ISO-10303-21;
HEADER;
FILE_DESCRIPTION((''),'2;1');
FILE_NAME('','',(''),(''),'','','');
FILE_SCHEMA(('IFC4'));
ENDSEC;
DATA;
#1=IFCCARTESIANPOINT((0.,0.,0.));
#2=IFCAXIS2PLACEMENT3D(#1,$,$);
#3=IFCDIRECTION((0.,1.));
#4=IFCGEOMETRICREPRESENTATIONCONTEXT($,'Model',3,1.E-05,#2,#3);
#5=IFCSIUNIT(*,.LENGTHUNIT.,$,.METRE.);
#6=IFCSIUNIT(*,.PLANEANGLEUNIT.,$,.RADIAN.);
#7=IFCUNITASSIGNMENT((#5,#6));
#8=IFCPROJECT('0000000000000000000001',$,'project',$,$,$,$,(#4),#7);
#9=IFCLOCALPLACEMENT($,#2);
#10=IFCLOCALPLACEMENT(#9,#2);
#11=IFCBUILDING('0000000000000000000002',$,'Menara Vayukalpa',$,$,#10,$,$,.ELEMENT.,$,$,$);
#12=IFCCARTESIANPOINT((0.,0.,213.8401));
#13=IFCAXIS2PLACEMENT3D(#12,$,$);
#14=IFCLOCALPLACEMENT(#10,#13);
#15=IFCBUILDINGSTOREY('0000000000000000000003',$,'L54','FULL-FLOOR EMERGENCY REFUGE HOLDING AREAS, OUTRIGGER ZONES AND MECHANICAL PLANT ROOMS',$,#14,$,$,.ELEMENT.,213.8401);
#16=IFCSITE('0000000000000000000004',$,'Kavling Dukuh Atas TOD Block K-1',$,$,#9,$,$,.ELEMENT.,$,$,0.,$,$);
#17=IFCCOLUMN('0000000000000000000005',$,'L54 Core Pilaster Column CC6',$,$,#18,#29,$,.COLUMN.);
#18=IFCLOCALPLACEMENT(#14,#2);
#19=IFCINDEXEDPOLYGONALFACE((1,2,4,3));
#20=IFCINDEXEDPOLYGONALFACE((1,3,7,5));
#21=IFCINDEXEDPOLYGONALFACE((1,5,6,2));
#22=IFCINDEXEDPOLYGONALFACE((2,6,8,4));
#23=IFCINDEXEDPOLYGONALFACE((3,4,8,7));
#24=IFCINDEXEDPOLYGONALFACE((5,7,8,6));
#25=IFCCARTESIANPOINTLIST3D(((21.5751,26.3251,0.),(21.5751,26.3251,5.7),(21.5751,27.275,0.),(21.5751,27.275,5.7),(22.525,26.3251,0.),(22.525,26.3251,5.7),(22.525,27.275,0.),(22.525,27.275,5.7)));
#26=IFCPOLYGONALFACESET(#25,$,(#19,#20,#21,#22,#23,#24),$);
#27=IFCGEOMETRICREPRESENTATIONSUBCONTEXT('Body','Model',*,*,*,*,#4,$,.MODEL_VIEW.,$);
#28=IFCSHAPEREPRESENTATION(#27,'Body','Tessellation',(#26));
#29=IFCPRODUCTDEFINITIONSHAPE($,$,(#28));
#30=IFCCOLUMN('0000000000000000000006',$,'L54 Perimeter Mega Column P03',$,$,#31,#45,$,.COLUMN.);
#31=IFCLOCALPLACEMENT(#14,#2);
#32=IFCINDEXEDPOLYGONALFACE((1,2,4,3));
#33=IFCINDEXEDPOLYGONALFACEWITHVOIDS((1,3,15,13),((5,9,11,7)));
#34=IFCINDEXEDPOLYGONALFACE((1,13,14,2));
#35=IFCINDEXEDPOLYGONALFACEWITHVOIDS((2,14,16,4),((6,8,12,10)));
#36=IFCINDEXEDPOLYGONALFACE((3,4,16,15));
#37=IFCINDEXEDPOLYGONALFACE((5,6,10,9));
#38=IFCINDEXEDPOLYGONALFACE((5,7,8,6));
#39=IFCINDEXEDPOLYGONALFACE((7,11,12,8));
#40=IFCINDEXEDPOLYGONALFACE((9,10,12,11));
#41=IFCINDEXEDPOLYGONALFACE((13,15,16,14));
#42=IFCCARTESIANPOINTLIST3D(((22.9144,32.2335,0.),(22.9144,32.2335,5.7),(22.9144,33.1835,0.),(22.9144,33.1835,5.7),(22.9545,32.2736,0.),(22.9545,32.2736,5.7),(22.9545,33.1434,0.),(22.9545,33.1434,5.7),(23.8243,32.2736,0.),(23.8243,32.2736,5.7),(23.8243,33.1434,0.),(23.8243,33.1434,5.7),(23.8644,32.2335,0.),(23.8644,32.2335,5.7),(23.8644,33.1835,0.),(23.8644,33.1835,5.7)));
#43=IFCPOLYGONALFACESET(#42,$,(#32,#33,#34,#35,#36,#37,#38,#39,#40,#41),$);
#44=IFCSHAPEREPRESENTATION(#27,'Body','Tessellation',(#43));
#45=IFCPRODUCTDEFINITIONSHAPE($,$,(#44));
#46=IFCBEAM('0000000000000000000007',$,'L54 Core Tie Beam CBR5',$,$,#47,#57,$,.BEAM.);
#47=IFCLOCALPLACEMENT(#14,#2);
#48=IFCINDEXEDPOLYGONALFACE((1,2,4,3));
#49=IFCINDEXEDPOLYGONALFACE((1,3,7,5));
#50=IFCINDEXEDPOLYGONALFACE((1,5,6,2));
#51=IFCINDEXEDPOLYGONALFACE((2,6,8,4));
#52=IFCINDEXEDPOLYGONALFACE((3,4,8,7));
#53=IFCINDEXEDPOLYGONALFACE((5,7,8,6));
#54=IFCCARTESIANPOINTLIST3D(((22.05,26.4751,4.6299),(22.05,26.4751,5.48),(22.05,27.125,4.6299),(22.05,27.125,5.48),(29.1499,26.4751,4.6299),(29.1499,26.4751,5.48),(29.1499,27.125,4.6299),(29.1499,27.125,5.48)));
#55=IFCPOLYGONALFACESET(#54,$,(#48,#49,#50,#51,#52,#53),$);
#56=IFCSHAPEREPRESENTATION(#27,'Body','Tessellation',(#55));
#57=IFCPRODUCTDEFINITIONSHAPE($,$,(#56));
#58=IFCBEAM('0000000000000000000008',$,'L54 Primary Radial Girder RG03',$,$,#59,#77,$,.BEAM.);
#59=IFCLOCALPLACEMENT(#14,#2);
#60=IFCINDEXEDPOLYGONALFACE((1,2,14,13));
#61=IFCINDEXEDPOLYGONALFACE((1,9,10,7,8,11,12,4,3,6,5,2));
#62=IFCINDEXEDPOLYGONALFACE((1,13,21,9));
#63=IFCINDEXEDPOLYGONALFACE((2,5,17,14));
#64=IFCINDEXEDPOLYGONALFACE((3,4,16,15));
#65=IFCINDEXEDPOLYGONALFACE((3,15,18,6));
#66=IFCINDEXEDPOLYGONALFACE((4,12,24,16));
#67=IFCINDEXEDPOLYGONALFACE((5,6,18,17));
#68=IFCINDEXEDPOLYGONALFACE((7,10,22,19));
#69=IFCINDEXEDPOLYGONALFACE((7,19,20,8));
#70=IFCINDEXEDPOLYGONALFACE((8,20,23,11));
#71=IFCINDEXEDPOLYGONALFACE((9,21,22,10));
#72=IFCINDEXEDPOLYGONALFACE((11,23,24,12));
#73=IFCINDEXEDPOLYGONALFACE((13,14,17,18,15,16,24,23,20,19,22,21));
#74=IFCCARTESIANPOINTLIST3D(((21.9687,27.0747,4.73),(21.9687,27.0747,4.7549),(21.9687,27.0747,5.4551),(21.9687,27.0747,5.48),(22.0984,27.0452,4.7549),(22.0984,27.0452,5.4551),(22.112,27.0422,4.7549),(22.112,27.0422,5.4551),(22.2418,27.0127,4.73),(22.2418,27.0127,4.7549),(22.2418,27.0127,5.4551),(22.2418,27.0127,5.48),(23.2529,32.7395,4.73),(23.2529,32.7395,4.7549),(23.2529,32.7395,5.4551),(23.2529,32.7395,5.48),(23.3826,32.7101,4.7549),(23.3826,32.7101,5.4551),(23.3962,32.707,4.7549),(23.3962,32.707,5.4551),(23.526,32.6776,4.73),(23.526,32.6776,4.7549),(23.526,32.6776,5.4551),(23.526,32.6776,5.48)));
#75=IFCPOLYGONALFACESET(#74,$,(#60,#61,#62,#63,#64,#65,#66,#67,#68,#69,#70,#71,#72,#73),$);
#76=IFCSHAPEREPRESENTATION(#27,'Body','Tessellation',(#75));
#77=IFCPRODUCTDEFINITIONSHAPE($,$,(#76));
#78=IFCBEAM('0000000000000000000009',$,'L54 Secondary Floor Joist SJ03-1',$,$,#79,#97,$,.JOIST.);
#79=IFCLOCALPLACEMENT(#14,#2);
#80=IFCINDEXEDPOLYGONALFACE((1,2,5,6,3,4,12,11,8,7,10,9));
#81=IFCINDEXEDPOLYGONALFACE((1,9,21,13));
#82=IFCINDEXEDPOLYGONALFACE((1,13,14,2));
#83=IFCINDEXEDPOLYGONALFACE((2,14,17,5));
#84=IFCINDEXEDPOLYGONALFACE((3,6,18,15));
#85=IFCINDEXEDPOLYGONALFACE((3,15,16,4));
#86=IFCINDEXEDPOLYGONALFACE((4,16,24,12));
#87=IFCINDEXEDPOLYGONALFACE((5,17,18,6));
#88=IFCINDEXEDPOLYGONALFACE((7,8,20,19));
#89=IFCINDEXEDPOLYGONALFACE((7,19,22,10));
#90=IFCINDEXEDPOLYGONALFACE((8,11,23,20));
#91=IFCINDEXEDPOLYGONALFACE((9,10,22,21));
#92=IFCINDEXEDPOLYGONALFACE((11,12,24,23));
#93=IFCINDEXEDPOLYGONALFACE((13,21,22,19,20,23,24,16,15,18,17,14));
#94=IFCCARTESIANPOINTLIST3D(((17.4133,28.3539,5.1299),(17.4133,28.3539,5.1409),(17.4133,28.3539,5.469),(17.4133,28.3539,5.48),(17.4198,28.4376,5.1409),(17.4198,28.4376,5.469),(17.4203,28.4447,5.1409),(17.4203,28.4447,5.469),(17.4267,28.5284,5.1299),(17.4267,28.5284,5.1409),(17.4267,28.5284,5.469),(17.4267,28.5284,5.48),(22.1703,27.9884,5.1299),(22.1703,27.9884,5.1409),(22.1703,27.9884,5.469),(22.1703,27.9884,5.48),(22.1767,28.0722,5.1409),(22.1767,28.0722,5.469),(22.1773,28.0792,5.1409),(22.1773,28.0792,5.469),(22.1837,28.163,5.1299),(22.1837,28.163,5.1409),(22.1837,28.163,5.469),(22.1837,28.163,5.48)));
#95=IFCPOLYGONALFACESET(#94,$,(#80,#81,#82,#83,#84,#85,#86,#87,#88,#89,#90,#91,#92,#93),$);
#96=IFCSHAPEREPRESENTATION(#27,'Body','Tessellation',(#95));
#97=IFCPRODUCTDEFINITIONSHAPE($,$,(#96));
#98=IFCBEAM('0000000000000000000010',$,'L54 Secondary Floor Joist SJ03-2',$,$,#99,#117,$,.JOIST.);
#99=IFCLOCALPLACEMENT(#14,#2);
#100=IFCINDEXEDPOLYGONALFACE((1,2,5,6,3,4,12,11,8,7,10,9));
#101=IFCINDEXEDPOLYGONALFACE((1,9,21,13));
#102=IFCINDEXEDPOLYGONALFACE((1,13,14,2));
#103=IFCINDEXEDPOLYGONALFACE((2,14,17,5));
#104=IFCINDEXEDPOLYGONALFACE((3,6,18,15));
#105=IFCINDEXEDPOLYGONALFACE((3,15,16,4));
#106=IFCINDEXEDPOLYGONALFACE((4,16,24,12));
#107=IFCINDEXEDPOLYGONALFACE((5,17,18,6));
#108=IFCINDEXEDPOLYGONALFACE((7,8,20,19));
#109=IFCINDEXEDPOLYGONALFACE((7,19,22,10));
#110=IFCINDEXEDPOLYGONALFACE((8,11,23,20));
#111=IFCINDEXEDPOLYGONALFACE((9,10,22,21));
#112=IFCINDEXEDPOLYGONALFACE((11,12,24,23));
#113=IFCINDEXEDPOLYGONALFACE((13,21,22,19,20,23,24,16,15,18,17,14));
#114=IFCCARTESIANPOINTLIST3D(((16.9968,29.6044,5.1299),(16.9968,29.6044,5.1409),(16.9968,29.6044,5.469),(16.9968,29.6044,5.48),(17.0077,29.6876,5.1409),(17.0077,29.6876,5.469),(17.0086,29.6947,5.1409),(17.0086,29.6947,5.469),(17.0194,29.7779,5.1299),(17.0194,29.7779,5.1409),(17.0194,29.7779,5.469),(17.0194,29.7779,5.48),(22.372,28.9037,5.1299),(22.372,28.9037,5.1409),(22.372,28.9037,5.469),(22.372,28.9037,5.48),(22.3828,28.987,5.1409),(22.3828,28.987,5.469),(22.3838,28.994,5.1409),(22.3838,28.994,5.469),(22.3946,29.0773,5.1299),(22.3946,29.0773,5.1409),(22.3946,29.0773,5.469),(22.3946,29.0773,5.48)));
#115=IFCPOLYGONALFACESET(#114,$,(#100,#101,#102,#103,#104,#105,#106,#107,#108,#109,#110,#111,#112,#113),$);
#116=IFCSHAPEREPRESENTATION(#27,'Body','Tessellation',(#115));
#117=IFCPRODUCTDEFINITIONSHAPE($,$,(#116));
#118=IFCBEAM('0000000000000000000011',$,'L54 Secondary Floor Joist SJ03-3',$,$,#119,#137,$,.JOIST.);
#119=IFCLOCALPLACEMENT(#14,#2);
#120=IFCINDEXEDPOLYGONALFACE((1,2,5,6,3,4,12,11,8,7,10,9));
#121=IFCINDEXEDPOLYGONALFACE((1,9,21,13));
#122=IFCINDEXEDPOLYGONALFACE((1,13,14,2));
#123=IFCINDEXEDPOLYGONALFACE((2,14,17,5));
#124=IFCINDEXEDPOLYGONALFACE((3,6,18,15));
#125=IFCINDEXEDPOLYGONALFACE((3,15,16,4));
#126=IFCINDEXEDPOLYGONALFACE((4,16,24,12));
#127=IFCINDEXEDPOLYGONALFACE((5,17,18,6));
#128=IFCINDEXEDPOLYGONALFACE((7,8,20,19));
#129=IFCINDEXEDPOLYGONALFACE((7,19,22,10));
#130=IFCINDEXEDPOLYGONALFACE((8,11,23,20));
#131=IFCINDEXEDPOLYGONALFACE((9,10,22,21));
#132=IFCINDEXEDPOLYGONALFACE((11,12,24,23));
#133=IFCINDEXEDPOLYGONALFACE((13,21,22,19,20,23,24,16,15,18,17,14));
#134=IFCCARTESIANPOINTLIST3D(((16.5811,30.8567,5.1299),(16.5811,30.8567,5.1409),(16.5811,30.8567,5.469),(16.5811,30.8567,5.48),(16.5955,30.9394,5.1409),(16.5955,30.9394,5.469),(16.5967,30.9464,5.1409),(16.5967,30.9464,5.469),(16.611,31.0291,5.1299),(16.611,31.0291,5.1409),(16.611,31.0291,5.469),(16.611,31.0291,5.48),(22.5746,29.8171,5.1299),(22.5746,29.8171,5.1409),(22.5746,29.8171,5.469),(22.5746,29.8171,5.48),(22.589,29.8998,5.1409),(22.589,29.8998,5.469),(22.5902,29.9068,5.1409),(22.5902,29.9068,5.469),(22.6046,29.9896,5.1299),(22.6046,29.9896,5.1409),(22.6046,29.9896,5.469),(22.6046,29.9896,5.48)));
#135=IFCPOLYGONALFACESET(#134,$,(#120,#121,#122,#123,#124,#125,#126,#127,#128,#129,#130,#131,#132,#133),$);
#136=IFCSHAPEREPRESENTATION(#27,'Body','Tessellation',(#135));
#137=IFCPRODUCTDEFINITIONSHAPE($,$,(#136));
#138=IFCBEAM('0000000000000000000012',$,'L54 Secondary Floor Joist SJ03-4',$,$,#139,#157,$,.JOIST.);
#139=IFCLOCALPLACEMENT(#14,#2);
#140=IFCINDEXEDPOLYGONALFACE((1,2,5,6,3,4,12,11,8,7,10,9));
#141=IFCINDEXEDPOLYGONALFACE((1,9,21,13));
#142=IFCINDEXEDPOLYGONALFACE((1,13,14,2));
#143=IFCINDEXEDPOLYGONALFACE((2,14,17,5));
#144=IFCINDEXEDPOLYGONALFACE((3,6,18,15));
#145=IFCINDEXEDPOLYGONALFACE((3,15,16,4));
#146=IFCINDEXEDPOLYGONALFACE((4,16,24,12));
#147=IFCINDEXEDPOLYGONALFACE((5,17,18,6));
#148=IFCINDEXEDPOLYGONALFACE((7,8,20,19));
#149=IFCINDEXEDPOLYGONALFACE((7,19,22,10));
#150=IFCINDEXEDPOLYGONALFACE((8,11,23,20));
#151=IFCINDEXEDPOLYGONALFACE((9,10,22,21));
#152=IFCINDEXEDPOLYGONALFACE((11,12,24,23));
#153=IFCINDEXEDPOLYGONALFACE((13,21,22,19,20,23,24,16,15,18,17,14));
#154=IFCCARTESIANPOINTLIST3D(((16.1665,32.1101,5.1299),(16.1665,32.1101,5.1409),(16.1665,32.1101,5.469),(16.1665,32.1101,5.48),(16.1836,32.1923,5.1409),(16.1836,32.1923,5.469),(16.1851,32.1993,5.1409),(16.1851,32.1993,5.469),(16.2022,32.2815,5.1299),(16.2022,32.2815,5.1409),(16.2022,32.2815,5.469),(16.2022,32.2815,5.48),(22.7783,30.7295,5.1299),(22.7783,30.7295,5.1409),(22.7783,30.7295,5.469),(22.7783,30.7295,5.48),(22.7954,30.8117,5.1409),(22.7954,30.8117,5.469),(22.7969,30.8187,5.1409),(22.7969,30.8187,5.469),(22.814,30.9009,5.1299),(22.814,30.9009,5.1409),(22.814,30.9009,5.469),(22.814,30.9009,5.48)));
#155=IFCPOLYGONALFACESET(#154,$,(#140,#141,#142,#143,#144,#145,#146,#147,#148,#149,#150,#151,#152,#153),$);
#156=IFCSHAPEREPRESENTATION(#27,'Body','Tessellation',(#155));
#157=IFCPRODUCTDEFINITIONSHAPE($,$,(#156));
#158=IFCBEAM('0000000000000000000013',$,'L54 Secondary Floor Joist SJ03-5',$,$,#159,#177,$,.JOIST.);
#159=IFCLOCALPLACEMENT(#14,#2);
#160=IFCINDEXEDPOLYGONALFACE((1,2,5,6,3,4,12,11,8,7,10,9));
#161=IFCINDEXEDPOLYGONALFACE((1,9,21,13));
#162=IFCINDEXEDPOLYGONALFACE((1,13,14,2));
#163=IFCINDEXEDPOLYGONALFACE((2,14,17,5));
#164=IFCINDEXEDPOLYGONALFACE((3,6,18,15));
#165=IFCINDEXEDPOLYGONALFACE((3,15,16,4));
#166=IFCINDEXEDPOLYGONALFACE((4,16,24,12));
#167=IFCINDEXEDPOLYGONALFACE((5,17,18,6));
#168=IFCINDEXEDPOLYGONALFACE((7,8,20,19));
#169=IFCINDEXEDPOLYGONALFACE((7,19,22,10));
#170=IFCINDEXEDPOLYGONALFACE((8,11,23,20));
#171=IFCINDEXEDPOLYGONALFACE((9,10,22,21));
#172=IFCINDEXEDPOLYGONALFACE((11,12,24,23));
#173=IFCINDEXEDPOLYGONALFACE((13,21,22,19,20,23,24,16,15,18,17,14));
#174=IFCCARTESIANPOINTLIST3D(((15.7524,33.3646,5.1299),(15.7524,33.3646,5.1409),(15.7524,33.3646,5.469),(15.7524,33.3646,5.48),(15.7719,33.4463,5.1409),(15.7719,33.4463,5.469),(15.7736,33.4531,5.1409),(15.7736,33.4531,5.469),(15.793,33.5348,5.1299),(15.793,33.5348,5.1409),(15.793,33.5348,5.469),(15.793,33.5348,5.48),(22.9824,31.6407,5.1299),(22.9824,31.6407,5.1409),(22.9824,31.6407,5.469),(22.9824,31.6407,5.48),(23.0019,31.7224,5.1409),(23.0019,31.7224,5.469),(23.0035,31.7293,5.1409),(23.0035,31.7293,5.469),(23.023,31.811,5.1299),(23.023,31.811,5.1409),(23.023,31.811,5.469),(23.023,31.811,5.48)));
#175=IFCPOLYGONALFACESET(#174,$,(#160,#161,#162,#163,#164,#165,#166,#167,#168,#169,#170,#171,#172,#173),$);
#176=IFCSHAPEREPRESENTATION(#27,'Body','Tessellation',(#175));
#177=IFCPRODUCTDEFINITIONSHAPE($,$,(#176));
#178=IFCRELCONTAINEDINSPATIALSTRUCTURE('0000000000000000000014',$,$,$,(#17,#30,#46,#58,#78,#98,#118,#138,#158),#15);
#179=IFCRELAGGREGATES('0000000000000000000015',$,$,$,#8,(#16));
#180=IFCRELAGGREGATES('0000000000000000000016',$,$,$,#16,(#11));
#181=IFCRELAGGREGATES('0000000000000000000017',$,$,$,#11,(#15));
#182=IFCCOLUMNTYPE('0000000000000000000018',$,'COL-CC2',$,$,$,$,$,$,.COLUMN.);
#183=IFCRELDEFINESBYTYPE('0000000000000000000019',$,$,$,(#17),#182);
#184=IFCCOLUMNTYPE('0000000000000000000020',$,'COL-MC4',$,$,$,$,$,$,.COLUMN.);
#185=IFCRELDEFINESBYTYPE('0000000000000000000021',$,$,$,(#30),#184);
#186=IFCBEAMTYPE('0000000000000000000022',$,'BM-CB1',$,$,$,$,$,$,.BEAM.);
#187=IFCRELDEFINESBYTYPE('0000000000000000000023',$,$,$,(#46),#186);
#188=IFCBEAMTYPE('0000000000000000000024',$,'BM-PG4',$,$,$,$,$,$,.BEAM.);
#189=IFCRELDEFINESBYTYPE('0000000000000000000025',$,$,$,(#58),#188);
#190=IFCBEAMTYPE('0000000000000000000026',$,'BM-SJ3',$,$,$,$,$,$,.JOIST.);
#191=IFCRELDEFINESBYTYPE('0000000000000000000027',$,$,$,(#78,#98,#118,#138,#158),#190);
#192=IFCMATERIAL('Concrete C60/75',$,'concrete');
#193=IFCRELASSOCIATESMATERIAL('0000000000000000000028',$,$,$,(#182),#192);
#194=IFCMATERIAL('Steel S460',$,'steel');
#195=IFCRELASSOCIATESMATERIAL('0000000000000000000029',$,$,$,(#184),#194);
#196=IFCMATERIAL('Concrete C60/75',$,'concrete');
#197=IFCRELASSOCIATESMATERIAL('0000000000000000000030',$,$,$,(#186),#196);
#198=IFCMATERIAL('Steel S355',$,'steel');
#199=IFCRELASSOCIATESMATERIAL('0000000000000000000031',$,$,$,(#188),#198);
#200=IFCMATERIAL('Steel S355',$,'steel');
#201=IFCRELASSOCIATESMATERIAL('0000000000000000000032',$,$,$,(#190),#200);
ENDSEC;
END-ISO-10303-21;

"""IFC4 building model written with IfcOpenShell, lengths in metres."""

from ifc_helpers import new_model, si_unit, direction, frame, origin, origin_2d, place, context, subcontext, project, spatial, rectangle, hollow_rectangle, i_section, extrude, material, material_profile, profile_set, type_object, element, save


model = new_model("IFC4")

# Units and contexts
model_context = context("Model", 3, precision=1e-05, world=origin(), true_north=direction((0.0, 1.0)))
body_context = subcontext(model_context, "Body", "Model", "MODEL_VIEW")
ifc_project = project(units=[si_unit("LENGTHUNIT", "METRE"), si_unit("PLANEANGLEUNIT", "RADIAN")], contexts=[model_context])

# Site, building, storey
site_placement = place(None, origin())
site = spatial("IfcSite", under=ifc_project, at=site_placement, Name="Kavling Dukuh Atas TOD Block K-1", CompositionType="ELEMENT", RefElevation=0.0)
building_placement = place(site_placement, origin())
building = spatial("IfcBuilding", under=site, at=building_placement, Name="Menara Vayukalpa", CompositionType="ELEMENT")
storey_placement = place(building_placement, frame((0.0, 0.0, 213.8401)))
storey = spatial("IfcBuildingStorey", under=building, at=storey_placement, Name="L54", Description="FULL-FLOOR EMERGENCY REFUGE HOLDING AREAS, OUTRIGGER ZONES AND MECHANICAL PLANT ROOMS", CompositionType="ELEMENT", Elevation=213.8401)

# Columns
ifc_material_1 = material(Name="Concrete C60/75", Category="concrete")
ifc_material_profile_1 = material_profile(ifc_material_1, rectangle(XDim=0.95, YDim=0.95, at=origin_2d()), Name="RC 950x950")
ifc_profile_set_1 = profile_set([ifc_material_profile_1], Name="Concrete C60/75")
column_type_1 = type_object("IfcColumnType", Name="COL-CC2", PredefinedType="COLUMN", material=ifc_profile_set_1)
column_1_placement = place(storey_placement, frame((22.05, 26.8, 0.0), z_axis=(0.0, 0.0, 1.0), x_axis=(1.0, 0.0, 0.0)))
element("IfcColumn", 1, at=column_1_placement, inside=storey, type_object=column_type_1, Name="L54 Core Pilaster Column CC6", PredefinedType="COLUMN", context=body_context, shape_type="SweptSolid", body=[
    extrude(rectangle(XDim=0.95, YDim=0.95, at=origin_2d()), origin(), (0.0, 0.0, 1.0), 5.7),
])
ifc_material_2 = material(Name="Steel S460", Category="steel")
ifc_material_profile_2 = material_profile(ifc_material_2, hollow_rectangle(XDim=0.95, YDim=0.95, WallThickness=0.04, at=origin_2d()), Name="BOX 950x950x40")
ifc_profile_set_2 = profile_set([ifc_material_profile_2], Name="Steel S460")
column_type_2 = type_object("IfcColumnType", Name="COL-MC4", PredefinedType="COLUMN", material=ifc_profile_set_2)
column_2_placement = place(storey_placement, frame((23.3894, 32.7085, 0.0), z_axis=(0.0, 0.0, 1.0), x_axis=(1.0, 0.0, 0.0)))
element("IfcColumn", 2, at=column_2_placement, inside=storey, type_object=column_type_2, Name="L54 Perimeter Mega Column P03", PredefinedType="COLUMN", context=body_context, shape_type="SweptSolid", body=[
    extrude(hollow_rectangle(XDim=0.95, YDim=0.95, WallThickness=0.04, at=origin_2d()), origin(), (0.0, 0.0, 1.0), 5.7),
])

# Beams
ifc_material_3 = material(Name="Concrete C60/75", Category="concrete")
ifc_material_profile_3 = material_profile(ifc_material_3, rectangle(XDim=0.6499, YDim=0.8501, at=origin_2d()), Name="RC 650x850")
ifc_profile_set_3 = profile_set([ifc_material_profile_3], Name="Concrete C60/75")
beam_type_1 = type_object("IfcBeamType", Name="BM-CB1", PredefinedType="BEAM", material=ifc_profile_set_3)
beam_1_placement = place(storey_placement, frame((22.05, 26.8, 5.0549), z_axis=(1.0, 0.0, 0.0), x_axis=(0.0, 1.0, 0.0)))
element("IfcBeam", 3, at=beam_1_placement, inside=storey, type_object=beam_type_1, Name="L54 Core Tie Beam CBR5", PredefinedType="BEAM", context=body_context, shape_type="SweptSolid", body=[
    extrude(rectangle(XDim=0.6499, YDim=0.8501, at=origin_2d()), origin(), (0.0, 0.0, 1.0), 7.0999),
])
ifc_material_4 = material(Name="Steel S355", Category="steel")
ifc_material_profile_4 = material_profile(ifc_material_4, i_section(OverallWidth=0.28, OverallDepth=0.75, WebThickness=0.0139, FlangeThickness=0.0249, at=origin_2d()), Name="WF 750x280x14x25")
ifc_profile_set_4 = profile_set([ifc_material_profile_4], Name="Steel S355")
beam_type_2 = type_object("IfcBeamType", Name="BM-PG4", PredefinedType="BEAM", material=ifc_profile_set_4)
beam_2_placement = place(storey_placement, frame((22.1052, 27.0437, 5.105), z_axis=(0.221085, 0.975255, 0.0), x_axis=(-0.975255, 0.221085, 0.0)))
element("IfcBeam", 4, at=beam_2_placement, inside=storey, type_object=beam_type_2, Name="L54 Primary Radial Girder RG03", PredefinedType="BEAM", context=body_context, shape_type="SweptSolid", body=[
    extrude(i_section(OverallWidth=0.28, OverallDepth=0.75, WebThickness=0.0139, FlangeThickness=0.0249, at=origin_2d()), origin(), (0.0, 0.0, 1.0), 5.8086),
])
ifc_material_5 = material(Name="Steel S355", Category="steel")
ifc_material_profile_5 = material_profile(ifc_material_5, i_section(OverallWidth=0.175, OverallDepth=0.3501, WebThickness=0.0071, FlangeThickness=0.011, at=origin_2d()), Name="WF 350x175x7x11")
ifc_profile_set_5 = profile_set([ifc_material_profile_5], Name="Steel S355")
beam_type_3 = type_object("IfcBeamType", Name="BM-SJ3", PredefinedType="JOIST", material=ifc_profile_set_5)
beam_3_placement = place(storey_placement, frame((22.177, 28.0757, 5.3049), z_axis=(-0.997062, 0.076603, 0.0), x_axis=(-0.076603, -0.997062, 0.0)))
element("IfcBeam", 5, at=beam_3_placement, inside=storey, type_object=beam_type_3, Name="L54 Secondary Floor Joist SJ03-1", PredefinedType="JOIST", context=body_context, shape_type="SweptSolid", body=[
    extrude(i_section(OverallWidth=0.175, OverallDepth=0.3501, WebThickness=0.0071, FlangeThickness=0.011, at=origin_2d()), origin(), (0.0, 0.0, 1.0), 4.771),
])
beam_4_placement = place(storey_placement, frame((22.3833, 28.9905, 5.3049), z_axis=(-0.991611, 0.12926, 0.0), x_axis=(-0.12926, -0.991611, 0.0)))
element("IfcBeam", 6, at=beam_4_placement, inside=storey, type_object=beam_type_3, Name="L54 Secondary Floor Joist SJ03-2", PredefinedType="JOIST", context=body_context, shape_type="SweptSolid", body=[
    extrude(i_section(OverallWidth=0.175, OverallDepth=0.3501, WebThickness=0.0071, FlangeThickness=0.011, at=origin_2d()), origin(), (0.0, 0.0, 1.0), 5.4207),
])
beam_5_placement = place(storey_placement, frame((22.5896, 29.9033, 5.3049), z_axis=(-0.985289, 0.170897, 0.0), x_axis=(-0.170897, -0.985289, 0.0)))
element("IfcBeam", 7, at=beam_5_placement, inside=storey, type_object=beam_type_3, Name="L54 Secondary Floor Joist SJ03-3", PredefinedType="JOIST", context=body_context, shape_type="SweptSolid", body=[
    extrude(i_section(OverallWidth=0.175, OverallDepth=0.3501, WebThickness=0.0071, FlangeThickness=0.011, at=origin_2d()), origin(), (0.0, 0.0, 1.0), 6.083),
])
beam_6_placement = place(storey_placement, frame((22.7961, 30.8152, 5.3049), z_axis=(-0.978887, 0.204402, 0.0), x_axis=(-0.204402, -0.978887, 0.0)))
element("IfcBeam", 8, at=beam_6_placement, inside=storey, type_object=beam_type_3, Name="L54 Secondary Floor Joist SJ03-4", PredefinedType="JOIST", context=body_context, shape_type="SweptSolid", body=[
    extrude(i_section(OverallWidth=0.175, OverallDepth=0.3501, WebThickness=0.0071, FlangeThickness=0.011, at=origin_2d()), origin(), (0.0, 0.0, 1.0), 6.7544),
])
beam_7_placement = place(storey_placement, frame((23.0027, 31.7258, 5.3049), z_axis=(-0.972732, 0.231933, 0.0), x_axis=(-0.231933, -0.972732, 0.0)))
element("IfcBeam", 9, at=beam_7_placement, inside=storey, type_object=beam_type_3, Name="L54 Secondary Floor Joist SJ03-5", PredefinedType="JOIST", context=body_context, shape_type="SweptSolid", body=[
    extrude(i_section(OverallWidth=0.175, OverallDepth=0.3501, WebThickness=0.0071, FlangeThickness=0.011, at=origin_2d()), origin(), (0.0, 0.0, 1.0), 7.4326),
])

save(model, "model.ifc")
